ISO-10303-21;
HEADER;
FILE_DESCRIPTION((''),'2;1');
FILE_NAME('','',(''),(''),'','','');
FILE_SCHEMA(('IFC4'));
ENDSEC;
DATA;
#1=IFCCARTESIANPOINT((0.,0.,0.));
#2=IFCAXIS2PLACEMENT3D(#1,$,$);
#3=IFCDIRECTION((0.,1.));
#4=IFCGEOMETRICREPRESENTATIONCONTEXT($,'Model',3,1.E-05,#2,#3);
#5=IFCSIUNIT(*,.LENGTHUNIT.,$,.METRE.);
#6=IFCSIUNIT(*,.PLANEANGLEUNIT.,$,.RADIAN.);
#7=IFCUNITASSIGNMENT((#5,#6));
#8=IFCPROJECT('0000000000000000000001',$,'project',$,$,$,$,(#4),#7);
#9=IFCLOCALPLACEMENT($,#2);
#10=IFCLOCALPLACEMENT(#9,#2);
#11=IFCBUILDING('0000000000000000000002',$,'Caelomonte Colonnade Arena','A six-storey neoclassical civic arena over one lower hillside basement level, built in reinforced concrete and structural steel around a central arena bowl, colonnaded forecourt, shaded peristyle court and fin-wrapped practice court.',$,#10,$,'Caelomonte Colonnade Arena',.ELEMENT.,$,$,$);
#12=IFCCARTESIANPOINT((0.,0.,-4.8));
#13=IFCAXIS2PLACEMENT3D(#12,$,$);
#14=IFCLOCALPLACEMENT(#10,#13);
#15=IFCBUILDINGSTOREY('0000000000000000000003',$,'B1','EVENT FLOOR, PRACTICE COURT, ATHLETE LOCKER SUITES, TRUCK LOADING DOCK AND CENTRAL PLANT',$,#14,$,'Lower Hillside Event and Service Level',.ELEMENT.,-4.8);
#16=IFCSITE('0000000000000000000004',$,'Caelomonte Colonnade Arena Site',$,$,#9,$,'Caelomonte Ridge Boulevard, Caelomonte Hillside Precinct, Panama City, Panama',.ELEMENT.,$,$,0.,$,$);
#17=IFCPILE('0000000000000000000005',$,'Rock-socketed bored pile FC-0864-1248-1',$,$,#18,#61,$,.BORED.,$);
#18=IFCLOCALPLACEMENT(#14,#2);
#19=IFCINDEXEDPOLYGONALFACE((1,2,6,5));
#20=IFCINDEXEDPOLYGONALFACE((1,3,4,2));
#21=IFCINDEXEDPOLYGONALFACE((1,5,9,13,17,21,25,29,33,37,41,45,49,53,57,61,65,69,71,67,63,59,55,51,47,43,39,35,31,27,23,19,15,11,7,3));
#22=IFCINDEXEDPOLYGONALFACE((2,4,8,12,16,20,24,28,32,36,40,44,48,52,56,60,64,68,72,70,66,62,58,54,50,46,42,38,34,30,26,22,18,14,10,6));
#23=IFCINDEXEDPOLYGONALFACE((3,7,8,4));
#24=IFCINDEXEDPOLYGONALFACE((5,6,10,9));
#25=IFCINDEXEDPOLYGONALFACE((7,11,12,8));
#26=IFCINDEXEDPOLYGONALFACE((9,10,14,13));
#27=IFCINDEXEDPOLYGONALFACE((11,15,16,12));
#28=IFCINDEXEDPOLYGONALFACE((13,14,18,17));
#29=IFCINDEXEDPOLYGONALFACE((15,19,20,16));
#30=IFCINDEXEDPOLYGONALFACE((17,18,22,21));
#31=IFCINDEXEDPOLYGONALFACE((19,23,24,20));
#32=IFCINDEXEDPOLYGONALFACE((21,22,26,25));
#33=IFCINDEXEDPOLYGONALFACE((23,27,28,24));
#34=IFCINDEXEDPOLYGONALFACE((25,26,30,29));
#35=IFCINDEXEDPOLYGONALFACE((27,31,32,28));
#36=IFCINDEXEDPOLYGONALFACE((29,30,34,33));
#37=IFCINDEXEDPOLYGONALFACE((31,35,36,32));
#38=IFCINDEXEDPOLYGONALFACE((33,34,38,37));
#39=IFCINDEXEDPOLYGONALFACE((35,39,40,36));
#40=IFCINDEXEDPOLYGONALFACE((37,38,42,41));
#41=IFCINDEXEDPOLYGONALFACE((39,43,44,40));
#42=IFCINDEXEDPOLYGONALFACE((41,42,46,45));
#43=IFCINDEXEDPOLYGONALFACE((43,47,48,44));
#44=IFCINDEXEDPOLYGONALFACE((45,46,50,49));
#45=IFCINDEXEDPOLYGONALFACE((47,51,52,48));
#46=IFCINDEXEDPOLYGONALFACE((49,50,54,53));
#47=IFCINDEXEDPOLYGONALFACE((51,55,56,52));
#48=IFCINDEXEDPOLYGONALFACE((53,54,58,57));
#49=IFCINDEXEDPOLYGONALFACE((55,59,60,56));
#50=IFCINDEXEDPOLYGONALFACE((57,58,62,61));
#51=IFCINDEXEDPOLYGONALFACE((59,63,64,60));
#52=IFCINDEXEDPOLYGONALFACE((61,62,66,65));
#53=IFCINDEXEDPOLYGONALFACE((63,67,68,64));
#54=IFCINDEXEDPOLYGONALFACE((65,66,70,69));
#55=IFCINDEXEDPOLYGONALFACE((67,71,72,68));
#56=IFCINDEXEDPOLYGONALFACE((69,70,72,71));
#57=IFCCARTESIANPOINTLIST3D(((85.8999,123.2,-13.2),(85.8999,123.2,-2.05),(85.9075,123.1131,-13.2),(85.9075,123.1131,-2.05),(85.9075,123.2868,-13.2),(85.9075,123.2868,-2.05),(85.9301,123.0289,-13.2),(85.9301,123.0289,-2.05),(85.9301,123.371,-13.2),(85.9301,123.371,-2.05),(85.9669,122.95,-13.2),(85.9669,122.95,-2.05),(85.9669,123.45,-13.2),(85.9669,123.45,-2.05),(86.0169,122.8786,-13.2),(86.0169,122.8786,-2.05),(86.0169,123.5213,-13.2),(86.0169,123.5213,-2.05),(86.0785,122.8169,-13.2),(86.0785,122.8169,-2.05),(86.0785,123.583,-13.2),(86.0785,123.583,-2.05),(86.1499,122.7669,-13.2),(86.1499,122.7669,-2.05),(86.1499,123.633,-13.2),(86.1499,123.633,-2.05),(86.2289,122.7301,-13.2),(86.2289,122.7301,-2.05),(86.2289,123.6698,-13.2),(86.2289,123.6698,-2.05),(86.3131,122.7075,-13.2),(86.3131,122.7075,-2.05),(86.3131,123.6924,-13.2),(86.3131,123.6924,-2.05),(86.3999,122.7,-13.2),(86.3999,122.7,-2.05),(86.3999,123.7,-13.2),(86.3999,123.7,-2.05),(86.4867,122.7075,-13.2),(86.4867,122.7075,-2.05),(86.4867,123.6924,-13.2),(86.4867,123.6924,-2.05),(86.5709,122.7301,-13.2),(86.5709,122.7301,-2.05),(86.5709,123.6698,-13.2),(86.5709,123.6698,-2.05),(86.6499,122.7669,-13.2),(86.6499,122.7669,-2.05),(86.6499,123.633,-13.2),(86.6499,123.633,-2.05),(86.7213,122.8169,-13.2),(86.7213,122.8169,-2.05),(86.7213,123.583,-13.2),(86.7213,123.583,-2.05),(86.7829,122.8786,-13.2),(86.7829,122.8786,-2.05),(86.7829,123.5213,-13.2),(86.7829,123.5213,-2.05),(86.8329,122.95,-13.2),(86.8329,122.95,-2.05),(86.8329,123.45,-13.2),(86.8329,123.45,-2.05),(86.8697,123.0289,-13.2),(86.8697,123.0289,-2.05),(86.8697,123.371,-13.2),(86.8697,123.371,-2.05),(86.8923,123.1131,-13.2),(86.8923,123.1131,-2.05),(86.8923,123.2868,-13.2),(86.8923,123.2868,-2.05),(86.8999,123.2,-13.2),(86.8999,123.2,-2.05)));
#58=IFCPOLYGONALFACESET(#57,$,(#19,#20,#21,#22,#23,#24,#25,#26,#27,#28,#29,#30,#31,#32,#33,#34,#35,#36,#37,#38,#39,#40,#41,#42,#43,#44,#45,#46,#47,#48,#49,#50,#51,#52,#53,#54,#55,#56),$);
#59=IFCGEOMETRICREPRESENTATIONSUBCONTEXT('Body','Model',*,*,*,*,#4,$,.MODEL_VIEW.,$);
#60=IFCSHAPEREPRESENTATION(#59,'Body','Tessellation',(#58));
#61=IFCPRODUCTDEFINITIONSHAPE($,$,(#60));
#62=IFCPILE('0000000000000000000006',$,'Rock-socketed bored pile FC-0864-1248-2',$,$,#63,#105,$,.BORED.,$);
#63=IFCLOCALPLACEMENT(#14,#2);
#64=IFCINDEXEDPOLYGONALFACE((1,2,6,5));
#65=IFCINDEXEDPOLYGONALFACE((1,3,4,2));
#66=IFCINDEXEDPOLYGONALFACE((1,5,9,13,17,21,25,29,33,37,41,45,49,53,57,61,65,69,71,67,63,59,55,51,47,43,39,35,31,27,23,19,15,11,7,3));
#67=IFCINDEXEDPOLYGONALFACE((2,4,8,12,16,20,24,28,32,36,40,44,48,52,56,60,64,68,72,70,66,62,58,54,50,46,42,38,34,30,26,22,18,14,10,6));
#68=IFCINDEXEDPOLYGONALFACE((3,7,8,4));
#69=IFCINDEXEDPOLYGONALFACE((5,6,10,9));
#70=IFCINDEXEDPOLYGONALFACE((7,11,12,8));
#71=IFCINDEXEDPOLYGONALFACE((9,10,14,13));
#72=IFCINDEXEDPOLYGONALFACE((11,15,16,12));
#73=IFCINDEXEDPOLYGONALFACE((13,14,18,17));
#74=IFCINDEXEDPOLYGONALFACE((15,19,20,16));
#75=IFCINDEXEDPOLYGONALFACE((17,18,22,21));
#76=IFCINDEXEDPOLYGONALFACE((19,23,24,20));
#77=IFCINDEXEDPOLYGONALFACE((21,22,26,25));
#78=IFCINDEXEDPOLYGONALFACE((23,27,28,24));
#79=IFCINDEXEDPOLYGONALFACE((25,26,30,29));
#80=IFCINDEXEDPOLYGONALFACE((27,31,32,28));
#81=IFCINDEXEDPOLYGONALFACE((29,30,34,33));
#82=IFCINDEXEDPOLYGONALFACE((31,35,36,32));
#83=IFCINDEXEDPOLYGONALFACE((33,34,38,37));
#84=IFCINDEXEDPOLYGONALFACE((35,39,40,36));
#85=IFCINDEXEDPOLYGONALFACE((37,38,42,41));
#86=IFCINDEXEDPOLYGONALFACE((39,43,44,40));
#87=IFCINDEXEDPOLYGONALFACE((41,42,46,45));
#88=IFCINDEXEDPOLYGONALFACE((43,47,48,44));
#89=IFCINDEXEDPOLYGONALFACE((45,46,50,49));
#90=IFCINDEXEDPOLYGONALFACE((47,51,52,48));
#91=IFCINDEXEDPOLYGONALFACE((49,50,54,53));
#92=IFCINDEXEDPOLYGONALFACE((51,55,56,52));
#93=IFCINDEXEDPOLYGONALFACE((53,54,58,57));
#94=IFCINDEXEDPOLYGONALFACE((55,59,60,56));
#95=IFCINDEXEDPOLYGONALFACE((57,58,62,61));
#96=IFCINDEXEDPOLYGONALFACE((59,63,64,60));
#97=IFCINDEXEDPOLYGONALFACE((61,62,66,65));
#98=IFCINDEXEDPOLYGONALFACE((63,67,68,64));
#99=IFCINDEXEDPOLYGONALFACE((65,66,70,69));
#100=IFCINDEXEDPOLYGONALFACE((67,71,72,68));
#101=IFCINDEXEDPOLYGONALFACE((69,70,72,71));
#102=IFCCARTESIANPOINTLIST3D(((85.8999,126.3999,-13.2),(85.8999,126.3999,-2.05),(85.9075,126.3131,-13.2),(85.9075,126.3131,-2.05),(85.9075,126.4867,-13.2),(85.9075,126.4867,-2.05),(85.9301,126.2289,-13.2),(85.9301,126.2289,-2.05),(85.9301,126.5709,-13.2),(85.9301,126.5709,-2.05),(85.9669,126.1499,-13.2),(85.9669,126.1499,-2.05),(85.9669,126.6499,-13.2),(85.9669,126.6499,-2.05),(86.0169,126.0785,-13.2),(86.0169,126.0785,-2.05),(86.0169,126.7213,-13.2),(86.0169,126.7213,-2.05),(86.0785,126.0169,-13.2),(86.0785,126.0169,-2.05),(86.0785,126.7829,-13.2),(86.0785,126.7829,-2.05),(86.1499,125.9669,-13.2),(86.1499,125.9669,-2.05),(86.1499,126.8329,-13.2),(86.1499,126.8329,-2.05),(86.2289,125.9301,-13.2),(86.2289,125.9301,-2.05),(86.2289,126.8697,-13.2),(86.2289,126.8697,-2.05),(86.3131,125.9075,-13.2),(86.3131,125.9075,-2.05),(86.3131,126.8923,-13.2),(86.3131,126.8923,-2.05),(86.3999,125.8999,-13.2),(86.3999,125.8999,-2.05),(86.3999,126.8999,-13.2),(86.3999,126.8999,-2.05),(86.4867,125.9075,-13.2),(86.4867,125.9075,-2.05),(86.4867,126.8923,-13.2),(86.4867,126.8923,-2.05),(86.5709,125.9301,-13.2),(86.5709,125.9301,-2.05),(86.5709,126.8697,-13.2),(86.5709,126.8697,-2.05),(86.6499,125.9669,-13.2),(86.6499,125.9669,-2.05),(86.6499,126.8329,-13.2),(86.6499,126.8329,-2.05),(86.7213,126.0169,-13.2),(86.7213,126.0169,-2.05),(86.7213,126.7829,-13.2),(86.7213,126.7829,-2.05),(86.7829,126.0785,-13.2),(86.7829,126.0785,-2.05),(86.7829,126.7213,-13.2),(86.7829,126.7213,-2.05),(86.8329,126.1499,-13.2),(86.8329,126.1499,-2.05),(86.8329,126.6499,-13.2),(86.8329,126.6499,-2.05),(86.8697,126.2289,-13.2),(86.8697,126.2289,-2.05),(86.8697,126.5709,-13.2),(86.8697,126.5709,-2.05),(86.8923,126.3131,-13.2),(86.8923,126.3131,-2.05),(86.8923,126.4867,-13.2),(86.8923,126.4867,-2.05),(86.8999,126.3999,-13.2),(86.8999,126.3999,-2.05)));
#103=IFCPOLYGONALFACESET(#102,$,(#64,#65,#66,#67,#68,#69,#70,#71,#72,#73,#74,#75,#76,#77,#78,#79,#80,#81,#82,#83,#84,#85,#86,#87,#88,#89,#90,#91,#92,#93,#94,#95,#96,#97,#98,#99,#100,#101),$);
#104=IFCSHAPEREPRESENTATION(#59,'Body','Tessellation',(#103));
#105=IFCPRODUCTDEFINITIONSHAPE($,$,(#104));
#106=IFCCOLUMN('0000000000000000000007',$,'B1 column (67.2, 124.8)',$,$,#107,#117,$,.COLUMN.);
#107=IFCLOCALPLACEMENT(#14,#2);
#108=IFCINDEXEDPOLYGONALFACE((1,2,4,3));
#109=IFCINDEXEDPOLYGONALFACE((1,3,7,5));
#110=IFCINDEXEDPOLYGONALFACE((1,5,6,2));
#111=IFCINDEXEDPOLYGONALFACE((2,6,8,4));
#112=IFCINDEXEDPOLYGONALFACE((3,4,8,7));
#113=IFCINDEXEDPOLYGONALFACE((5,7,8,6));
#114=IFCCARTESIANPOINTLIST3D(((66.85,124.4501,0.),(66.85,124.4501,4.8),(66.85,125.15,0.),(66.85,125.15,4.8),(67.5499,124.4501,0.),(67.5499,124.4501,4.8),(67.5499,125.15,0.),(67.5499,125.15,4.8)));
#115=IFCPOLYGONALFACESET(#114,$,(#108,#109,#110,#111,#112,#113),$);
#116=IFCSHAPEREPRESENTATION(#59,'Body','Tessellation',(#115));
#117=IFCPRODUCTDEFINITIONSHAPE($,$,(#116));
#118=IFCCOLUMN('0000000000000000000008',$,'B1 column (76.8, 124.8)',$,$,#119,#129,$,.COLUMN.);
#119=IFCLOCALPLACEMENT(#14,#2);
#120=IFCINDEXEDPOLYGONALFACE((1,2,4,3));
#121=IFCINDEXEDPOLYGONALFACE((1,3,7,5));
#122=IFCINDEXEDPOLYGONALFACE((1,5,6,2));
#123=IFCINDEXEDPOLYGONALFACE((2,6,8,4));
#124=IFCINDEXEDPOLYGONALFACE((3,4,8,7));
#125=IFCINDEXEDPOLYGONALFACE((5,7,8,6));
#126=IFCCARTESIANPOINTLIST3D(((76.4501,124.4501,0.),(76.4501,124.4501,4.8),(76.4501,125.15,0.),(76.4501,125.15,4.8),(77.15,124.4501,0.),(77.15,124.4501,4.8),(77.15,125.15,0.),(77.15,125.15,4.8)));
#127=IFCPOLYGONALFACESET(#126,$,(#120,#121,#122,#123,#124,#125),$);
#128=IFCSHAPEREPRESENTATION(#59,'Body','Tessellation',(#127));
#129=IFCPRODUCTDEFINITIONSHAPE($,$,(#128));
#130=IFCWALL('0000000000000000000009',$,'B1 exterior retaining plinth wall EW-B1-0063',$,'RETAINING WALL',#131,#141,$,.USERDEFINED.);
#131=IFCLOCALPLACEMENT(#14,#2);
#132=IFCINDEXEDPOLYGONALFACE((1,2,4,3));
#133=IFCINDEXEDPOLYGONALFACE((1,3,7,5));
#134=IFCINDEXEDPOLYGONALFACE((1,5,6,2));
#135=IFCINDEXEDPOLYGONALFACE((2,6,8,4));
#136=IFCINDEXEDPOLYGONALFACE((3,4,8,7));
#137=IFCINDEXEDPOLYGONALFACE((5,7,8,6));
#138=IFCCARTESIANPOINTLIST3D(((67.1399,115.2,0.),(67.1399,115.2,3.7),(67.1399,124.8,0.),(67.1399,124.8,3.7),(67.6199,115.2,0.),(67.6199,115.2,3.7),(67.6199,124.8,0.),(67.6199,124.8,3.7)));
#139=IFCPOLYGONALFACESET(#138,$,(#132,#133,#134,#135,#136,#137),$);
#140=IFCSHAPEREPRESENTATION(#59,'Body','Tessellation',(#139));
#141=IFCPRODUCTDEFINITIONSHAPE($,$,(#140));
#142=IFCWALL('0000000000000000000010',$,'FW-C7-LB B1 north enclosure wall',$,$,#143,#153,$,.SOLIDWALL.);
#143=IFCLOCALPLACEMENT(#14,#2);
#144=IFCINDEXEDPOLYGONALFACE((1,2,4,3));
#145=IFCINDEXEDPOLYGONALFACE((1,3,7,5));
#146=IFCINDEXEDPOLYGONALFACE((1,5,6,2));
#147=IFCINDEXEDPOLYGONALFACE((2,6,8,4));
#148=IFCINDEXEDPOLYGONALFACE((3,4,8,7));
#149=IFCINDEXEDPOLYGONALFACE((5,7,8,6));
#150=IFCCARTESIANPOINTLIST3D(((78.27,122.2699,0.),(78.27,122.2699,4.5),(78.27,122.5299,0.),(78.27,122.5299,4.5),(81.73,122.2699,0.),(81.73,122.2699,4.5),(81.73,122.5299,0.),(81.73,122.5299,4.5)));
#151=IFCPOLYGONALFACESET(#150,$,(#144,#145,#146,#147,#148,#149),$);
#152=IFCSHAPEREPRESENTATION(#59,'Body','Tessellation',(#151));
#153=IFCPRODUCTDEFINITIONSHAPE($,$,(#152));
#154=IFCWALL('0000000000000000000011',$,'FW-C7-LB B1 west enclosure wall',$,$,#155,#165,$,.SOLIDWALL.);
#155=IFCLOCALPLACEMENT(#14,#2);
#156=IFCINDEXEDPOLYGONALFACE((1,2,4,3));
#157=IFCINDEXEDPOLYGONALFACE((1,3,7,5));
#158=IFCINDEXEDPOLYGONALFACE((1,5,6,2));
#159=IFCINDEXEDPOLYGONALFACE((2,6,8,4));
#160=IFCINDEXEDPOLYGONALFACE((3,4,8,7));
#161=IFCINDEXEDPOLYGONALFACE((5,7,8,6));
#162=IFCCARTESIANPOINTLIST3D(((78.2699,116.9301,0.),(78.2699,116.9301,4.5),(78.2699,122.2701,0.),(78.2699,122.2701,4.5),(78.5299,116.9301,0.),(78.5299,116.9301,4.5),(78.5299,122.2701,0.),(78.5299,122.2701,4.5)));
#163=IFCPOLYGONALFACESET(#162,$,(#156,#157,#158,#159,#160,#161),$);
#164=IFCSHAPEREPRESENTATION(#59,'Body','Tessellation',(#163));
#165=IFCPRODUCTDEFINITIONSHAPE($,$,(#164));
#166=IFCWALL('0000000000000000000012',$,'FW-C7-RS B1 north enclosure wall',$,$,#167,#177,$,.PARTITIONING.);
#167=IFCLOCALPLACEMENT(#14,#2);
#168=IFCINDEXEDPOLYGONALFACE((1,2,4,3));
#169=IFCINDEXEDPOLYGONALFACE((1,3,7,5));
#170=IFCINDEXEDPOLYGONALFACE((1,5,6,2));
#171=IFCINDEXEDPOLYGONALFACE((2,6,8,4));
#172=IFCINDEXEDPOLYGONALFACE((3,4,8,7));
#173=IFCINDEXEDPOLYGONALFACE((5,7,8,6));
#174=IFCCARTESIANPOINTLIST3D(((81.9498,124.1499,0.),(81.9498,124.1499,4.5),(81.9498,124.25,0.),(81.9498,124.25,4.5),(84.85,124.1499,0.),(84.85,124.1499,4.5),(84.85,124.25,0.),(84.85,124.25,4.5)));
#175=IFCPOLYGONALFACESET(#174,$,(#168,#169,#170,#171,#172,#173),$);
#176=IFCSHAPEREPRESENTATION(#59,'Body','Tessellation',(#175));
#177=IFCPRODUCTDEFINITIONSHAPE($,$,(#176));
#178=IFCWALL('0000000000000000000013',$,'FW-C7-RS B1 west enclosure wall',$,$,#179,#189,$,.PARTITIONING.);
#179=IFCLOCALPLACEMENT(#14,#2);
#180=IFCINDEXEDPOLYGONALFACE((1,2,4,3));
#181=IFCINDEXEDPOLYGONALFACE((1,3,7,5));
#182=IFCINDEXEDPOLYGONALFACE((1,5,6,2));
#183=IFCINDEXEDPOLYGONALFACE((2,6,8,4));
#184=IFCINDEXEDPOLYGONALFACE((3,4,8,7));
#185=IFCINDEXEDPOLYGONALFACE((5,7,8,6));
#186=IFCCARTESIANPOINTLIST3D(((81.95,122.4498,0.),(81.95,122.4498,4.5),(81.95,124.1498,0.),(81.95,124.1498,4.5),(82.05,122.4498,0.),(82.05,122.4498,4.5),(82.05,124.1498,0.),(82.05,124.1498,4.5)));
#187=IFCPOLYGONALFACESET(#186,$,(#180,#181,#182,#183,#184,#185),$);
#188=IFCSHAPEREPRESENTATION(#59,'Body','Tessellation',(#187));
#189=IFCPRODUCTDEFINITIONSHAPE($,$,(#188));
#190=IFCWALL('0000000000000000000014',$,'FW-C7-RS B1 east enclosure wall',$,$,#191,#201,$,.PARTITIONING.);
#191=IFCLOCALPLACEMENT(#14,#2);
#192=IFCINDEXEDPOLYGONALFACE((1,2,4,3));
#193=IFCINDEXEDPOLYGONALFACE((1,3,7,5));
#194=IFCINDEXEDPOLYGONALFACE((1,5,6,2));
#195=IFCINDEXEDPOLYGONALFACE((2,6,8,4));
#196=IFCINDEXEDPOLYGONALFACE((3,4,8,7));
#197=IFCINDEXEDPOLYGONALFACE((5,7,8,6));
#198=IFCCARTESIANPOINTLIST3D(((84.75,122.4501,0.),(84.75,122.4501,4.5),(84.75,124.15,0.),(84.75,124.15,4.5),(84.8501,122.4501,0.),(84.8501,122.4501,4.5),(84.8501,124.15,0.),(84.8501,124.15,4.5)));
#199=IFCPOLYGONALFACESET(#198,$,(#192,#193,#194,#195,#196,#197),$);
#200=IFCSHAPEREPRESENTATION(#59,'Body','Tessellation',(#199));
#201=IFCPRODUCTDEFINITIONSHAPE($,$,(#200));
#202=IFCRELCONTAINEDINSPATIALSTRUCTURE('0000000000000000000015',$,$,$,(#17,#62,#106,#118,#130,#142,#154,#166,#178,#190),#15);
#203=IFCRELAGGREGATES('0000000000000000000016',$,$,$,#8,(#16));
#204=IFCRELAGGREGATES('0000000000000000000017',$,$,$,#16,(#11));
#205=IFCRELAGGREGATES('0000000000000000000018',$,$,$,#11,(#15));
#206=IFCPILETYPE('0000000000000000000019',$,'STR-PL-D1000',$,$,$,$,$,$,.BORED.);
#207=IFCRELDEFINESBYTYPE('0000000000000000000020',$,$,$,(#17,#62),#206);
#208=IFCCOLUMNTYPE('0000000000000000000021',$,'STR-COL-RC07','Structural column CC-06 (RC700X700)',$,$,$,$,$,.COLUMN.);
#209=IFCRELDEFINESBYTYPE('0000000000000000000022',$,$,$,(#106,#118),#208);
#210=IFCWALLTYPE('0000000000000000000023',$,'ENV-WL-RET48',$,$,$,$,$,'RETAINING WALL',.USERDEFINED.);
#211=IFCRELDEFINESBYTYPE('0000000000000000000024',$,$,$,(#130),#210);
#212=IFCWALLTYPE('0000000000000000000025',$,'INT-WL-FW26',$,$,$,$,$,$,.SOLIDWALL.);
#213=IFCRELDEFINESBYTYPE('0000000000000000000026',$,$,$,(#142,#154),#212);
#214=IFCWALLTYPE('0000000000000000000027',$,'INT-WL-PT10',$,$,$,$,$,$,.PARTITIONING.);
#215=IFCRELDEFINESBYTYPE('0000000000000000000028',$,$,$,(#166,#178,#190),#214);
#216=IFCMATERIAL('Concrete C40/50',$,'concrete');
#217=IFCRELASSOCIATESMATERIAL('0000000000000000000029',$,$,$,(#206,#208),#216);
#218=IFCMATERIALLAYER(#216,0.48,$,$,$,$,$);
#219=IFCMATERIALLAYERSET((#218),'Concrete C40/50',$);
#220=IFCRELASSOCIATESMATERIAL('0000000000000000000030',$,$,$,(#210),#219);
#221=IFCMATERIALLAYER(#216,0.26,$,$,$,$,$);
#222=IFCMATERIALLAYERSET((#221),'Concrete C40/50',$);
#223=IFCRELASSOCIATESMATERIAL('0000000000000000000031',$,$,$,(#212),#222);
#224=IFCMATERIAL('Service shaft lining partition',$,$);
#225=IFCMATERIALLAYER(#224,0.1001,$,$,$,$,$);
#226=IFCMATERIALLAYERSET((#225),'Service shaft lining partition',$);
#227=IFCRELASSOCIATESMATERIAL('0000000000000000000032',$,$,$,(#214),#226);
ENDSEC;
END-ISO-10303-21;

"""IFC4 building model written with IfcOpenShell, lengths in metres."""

from ifc_helpers import new_model, si_unit, direction, frame, frame_2d, origin, origin_2d, place, context, subcontext, project, spatial, rectangle, circle, extrude, material, layer, layer_set, material_profile, profile_set, type_object, element, save


model = new_model("IFC4")

# Units and contexts
model_context = context("Model", 3, precision=1e-05, world=origin(), true_north=direction((0.0, 1.0)))
body_context = subcontext(model_context, "Body", "Model", "MODEL_VIEW")
ifc_project = project(units=[si_unit("LENGTHUNIT", "METRE"), si_unit("PLANEANGLEUNIT", "RADIAN")], contexts=[model_context])

# Site, building, storey
site_placement = place(None, origin())
site = spatial("IfcSite", under=ifc_project, at=site_placement, Name="Caelomonte Colonnade Arena Site", LongName="Caelomonte Ridge Boulevard, Caelomonte Hillside Precinct, Panama City, Panama", CompositionType="ELEMENT", RefElevation=0.0)
building_placement = place(site_placement, origin())
building = spatial("IfcBuilding", under=site, at=building_placement, Name="Caelomonte Colonnade Arena", Description="A six-storey neoclassical civic arena over one lower hillside basement level, built in reinforced concrete and structural steel around a central arena bowl, colonnaded forecourt, shaded peristyle court and fin-wrapped practice court.", LongName="Caelomonte Colonnade Arena", CompositionType="ELEMENT")
storey_placement = place(building_placement, frame((0.0, 0.0, -4.8)))
storey = spatial("IfcBuildingStorey", under=building, at=storey_placement, Name="B1", Description="EVENT FLOOR, PRACTICE COURT, ATHLETE LOCKER SUITES, TRUCK LOADING DOCK AND CENTRAL PLANT", LongName="Lower Hillside Event and Service Level", CompositionType="ELEMENT", Elevation=-4.8)

# Shared definitions
ifc_material_1 = material(Name="Concrete C40/50", Category="concrete")

# Piles
ifc_material_profile_1 = material_profile(ifc_material_1, circle(Radius=0.5, at=origin_2d()), Name="PILE-D1000")
ifc_profile_set_1 = profile_set([ifc_material_profile_1], Name="Concrete C40/50")
pile_type = type_object("IfcPileType", Name="STR-PL-D1000", PredefinedType="BORED", material=ifc_profile_set_1)
for number, where, z_axis, x_axis, name in (
    (1, (86.3999, 123.2, -2.05), (0.0, 0.0, -1.0), (1.0, 0.0, 0.0), "Rock-socketed bored pile FC-0864-1248-1"),
    (2, (86.3999, 126.3999, -2.05), (0.0, 0.0, -1.0), (1.0, 0.0, 0.0), "Rock-socketed bored pile FC-0864-1248-2"),
):
    element("IfcPile", number, at=place(storey_placement, frame(where, z_axis=z_axis, x_axis=x_axis)), inside=storey, type_object=pile_type, Name=name, PredefinedType="BORED", context=body_context, shape_type="SweptSolid", body=[
        extrude(circle(Radius=0.5, at=origin_2d()), origin(), (0.0, 0.0, 1.0), 11.1499),
    ])

# Columns
ifc_material_profile_2 = material_profile(ifc_material_1, rectangle(XDim=0.7, YDim=0.7, at=origin_2d()), Name="RC700X700")
ifc_profile_set_2 = profile_set([ifc_material_profile_2], Name="Concrete C40/50")
column_type = type_object("IfcColumnType", Name="STR-COL-RC07", Description="Structural column CC-06 (RC700X700)", PredefinedType="COLUMN", material=ifc_profile_set_2)
for number, where, z_axis, x_axis, name in (
    (3, (67.2, 124.8, 0.0), (0.0, 0.0, 1.0), (1.0, 0.0, 0.0), "B1 column (67.2, 124.8)"),
    (4, (76.8, 124.8, 0.0), (0.0, 0.0, 1.0), (1.0, 0.0, 0.0), "B1 column (76.8, 124.8)"),
):
    element("IfcColumn", number, at=place(storey_placement, frame(where, z_axis=z_axis, x_axis=x_axis)), inside=storey, type_object=column_type, Name=name, PredefinedType="COLUMN", context=body_context, shape_type="SweptSolid", body=[
        extrude(rectangle(XDim=0.7, YDim=0.7, at=origin_2d()), origin(), (0.0, 0.0, 1.0), 4.8),
    ])

# Walls
ifc_layer_1 = layer(ifc_material_1, 0.48)
ifc_layer_set_1 = layer_set([ifc_layer_1], Name="Concrete C40/50")
wall_type_1 = type_object("IfcWallType", Name="ENV-WL-RET48", ElementType="RETAINING WALL", PredefinedType="USERDEFINED", material=ifc_layer_set_1)
wall_1_placement = place(storey_placement, frame((67.3799, 124.8, 0.0), z_axis=(0.0, 0.0, 1.0), x_axis=(0.0, -1.0, 0.0)))
element("IfcWall", 5, at=wall_1_placement, inside=storey, type_object=wall_type_1, Name="B1 exterior retaining plinth wall EW-B1-0063", ObjectType="RETAINING WALL", PredefinedType="USERDEFINED", context=body_context, shape_type="SweptSolid", body=[
    extrude(rectangle(XDim=9.6001, YDim=0.48, at=frame_2d((4.8, 0.0))), origin(), (0.0, 0.0, 1.0), 3.7),
])
ifc_layer_2 = layer(ifc_material_1, 0.26)
ifc_layer_set_2 = layer_set([ifc_layer_2], Name="Concrete C40/50")
wall_type_2 = type_object("IfcWallType", Name="INT-WL-FW26", PredefinedType="SOLIDWALL", material=ifc_layer_set_2)
wall_2_placement = place(storey_placement, frame((81.73, 122.3999, 0.0), z_axis=(0.0, 0.0, 1.0), x_axis=(-1.0, 0.0, 0.0)))
element("IfcWall", 6, at=wall_2_placement, inside=storey, type_object=wall_type_2, Name="FW-C7-LB B1 north enclosure wall", PredefinedType="SOLIDWALL", context=body_context, shape_type="SweptSolid", body=[
    extrude(rectangle(XDim=3.46, YDim=0.26, at=frame_2d((1.73, 0.0))), origin(), (0.0, 0.0, 1.0), 4.5),
])
wall_3_placement = place(storey_placement, frame((78.3999, 122.27, 0.0), z_axis=(0.0, 0.0, 1.0), x_axis=(0.0, -1.0, 0.0)))
element("IfcWall", 7, at=wall_3_placement, inside=storey, type_object=wall_type_2, Name="FW-C7-LB B1 west enclosure wall", PredefinedType="SOLIDWALL", context=body_context, shape_type="SweptSolid", body=[
    extrude(rectangle(XDim=5.3401, YDim=0.26, at=frame_2d((2.6699, 0.0))), origin(), (0.0, 0.0, 1.0), 4.5),
])
ifc_material_2 = material(Name="Service shaft lining partition")
ifc_layer_3 = layer(ifc_material_2, 0.1001)
ifc_layer_set_3 = layer_set([ifc_layer_3], Name="Service shaft lining partition")
wall_type_3 = type_object("IfcWallType", Name="INT-WL-PT10", PredefinedType="PARTITIONING", material=ifc_layer_set_3)
wall_4_placement = place(storey_placement, frame((84.8501, 124.2, 0.0), z_axis=(0.0, 0.0, 1.0), x_axis=(-1.0, 0.0, 0.0)))
element("IfcWall", 8, at=wall_4_placement, inside=storey, type_object=wall_type_3, Name="FW-C7-RS B1 north enclosure wall", PredefinedType="PARTITIONING", context=body_context, shape_type="SweptSolid", body=[
    extrude(rectangle(XDim=2.9001, YDim=0.1001, at=frame_2d((1.4502, 0.0))), origin(), (0.0, 0.0, 1.0), 4.5),
])
for number, where, z_axis, x_axis, name in (
    (9, (82.0, 124.1499, 0.0), (0.0, 0.0, 1.0), (0.0, -1.0, 0.0), "FW-C7-RS B1 west enclosure wall"),
    (10, (84.8, 122.45, 0.0), (0.0, 0.0, 1.0), (0.0, 1.0, 0.0), "FW-C7-RS B1 east enclosure wall"),
):
    element("IfcWall", number, at=place(storey_placement, frame(where, z_axis=z_axis, x_axis=x_axis)), inside=storey, type_object=wall_type_3, Name=name, PredefinedType="PARTITIONING", context=body_context, shape_type="SweptSolid", body=[
        extrude(rectangle(XDim=1.7, YDim=0.1001, at=frame_2d((0.8501, 0.0))), origin(), (0.0, 0.0, 1.0), 4.5),
    ])

save(model, "model.ifc")
